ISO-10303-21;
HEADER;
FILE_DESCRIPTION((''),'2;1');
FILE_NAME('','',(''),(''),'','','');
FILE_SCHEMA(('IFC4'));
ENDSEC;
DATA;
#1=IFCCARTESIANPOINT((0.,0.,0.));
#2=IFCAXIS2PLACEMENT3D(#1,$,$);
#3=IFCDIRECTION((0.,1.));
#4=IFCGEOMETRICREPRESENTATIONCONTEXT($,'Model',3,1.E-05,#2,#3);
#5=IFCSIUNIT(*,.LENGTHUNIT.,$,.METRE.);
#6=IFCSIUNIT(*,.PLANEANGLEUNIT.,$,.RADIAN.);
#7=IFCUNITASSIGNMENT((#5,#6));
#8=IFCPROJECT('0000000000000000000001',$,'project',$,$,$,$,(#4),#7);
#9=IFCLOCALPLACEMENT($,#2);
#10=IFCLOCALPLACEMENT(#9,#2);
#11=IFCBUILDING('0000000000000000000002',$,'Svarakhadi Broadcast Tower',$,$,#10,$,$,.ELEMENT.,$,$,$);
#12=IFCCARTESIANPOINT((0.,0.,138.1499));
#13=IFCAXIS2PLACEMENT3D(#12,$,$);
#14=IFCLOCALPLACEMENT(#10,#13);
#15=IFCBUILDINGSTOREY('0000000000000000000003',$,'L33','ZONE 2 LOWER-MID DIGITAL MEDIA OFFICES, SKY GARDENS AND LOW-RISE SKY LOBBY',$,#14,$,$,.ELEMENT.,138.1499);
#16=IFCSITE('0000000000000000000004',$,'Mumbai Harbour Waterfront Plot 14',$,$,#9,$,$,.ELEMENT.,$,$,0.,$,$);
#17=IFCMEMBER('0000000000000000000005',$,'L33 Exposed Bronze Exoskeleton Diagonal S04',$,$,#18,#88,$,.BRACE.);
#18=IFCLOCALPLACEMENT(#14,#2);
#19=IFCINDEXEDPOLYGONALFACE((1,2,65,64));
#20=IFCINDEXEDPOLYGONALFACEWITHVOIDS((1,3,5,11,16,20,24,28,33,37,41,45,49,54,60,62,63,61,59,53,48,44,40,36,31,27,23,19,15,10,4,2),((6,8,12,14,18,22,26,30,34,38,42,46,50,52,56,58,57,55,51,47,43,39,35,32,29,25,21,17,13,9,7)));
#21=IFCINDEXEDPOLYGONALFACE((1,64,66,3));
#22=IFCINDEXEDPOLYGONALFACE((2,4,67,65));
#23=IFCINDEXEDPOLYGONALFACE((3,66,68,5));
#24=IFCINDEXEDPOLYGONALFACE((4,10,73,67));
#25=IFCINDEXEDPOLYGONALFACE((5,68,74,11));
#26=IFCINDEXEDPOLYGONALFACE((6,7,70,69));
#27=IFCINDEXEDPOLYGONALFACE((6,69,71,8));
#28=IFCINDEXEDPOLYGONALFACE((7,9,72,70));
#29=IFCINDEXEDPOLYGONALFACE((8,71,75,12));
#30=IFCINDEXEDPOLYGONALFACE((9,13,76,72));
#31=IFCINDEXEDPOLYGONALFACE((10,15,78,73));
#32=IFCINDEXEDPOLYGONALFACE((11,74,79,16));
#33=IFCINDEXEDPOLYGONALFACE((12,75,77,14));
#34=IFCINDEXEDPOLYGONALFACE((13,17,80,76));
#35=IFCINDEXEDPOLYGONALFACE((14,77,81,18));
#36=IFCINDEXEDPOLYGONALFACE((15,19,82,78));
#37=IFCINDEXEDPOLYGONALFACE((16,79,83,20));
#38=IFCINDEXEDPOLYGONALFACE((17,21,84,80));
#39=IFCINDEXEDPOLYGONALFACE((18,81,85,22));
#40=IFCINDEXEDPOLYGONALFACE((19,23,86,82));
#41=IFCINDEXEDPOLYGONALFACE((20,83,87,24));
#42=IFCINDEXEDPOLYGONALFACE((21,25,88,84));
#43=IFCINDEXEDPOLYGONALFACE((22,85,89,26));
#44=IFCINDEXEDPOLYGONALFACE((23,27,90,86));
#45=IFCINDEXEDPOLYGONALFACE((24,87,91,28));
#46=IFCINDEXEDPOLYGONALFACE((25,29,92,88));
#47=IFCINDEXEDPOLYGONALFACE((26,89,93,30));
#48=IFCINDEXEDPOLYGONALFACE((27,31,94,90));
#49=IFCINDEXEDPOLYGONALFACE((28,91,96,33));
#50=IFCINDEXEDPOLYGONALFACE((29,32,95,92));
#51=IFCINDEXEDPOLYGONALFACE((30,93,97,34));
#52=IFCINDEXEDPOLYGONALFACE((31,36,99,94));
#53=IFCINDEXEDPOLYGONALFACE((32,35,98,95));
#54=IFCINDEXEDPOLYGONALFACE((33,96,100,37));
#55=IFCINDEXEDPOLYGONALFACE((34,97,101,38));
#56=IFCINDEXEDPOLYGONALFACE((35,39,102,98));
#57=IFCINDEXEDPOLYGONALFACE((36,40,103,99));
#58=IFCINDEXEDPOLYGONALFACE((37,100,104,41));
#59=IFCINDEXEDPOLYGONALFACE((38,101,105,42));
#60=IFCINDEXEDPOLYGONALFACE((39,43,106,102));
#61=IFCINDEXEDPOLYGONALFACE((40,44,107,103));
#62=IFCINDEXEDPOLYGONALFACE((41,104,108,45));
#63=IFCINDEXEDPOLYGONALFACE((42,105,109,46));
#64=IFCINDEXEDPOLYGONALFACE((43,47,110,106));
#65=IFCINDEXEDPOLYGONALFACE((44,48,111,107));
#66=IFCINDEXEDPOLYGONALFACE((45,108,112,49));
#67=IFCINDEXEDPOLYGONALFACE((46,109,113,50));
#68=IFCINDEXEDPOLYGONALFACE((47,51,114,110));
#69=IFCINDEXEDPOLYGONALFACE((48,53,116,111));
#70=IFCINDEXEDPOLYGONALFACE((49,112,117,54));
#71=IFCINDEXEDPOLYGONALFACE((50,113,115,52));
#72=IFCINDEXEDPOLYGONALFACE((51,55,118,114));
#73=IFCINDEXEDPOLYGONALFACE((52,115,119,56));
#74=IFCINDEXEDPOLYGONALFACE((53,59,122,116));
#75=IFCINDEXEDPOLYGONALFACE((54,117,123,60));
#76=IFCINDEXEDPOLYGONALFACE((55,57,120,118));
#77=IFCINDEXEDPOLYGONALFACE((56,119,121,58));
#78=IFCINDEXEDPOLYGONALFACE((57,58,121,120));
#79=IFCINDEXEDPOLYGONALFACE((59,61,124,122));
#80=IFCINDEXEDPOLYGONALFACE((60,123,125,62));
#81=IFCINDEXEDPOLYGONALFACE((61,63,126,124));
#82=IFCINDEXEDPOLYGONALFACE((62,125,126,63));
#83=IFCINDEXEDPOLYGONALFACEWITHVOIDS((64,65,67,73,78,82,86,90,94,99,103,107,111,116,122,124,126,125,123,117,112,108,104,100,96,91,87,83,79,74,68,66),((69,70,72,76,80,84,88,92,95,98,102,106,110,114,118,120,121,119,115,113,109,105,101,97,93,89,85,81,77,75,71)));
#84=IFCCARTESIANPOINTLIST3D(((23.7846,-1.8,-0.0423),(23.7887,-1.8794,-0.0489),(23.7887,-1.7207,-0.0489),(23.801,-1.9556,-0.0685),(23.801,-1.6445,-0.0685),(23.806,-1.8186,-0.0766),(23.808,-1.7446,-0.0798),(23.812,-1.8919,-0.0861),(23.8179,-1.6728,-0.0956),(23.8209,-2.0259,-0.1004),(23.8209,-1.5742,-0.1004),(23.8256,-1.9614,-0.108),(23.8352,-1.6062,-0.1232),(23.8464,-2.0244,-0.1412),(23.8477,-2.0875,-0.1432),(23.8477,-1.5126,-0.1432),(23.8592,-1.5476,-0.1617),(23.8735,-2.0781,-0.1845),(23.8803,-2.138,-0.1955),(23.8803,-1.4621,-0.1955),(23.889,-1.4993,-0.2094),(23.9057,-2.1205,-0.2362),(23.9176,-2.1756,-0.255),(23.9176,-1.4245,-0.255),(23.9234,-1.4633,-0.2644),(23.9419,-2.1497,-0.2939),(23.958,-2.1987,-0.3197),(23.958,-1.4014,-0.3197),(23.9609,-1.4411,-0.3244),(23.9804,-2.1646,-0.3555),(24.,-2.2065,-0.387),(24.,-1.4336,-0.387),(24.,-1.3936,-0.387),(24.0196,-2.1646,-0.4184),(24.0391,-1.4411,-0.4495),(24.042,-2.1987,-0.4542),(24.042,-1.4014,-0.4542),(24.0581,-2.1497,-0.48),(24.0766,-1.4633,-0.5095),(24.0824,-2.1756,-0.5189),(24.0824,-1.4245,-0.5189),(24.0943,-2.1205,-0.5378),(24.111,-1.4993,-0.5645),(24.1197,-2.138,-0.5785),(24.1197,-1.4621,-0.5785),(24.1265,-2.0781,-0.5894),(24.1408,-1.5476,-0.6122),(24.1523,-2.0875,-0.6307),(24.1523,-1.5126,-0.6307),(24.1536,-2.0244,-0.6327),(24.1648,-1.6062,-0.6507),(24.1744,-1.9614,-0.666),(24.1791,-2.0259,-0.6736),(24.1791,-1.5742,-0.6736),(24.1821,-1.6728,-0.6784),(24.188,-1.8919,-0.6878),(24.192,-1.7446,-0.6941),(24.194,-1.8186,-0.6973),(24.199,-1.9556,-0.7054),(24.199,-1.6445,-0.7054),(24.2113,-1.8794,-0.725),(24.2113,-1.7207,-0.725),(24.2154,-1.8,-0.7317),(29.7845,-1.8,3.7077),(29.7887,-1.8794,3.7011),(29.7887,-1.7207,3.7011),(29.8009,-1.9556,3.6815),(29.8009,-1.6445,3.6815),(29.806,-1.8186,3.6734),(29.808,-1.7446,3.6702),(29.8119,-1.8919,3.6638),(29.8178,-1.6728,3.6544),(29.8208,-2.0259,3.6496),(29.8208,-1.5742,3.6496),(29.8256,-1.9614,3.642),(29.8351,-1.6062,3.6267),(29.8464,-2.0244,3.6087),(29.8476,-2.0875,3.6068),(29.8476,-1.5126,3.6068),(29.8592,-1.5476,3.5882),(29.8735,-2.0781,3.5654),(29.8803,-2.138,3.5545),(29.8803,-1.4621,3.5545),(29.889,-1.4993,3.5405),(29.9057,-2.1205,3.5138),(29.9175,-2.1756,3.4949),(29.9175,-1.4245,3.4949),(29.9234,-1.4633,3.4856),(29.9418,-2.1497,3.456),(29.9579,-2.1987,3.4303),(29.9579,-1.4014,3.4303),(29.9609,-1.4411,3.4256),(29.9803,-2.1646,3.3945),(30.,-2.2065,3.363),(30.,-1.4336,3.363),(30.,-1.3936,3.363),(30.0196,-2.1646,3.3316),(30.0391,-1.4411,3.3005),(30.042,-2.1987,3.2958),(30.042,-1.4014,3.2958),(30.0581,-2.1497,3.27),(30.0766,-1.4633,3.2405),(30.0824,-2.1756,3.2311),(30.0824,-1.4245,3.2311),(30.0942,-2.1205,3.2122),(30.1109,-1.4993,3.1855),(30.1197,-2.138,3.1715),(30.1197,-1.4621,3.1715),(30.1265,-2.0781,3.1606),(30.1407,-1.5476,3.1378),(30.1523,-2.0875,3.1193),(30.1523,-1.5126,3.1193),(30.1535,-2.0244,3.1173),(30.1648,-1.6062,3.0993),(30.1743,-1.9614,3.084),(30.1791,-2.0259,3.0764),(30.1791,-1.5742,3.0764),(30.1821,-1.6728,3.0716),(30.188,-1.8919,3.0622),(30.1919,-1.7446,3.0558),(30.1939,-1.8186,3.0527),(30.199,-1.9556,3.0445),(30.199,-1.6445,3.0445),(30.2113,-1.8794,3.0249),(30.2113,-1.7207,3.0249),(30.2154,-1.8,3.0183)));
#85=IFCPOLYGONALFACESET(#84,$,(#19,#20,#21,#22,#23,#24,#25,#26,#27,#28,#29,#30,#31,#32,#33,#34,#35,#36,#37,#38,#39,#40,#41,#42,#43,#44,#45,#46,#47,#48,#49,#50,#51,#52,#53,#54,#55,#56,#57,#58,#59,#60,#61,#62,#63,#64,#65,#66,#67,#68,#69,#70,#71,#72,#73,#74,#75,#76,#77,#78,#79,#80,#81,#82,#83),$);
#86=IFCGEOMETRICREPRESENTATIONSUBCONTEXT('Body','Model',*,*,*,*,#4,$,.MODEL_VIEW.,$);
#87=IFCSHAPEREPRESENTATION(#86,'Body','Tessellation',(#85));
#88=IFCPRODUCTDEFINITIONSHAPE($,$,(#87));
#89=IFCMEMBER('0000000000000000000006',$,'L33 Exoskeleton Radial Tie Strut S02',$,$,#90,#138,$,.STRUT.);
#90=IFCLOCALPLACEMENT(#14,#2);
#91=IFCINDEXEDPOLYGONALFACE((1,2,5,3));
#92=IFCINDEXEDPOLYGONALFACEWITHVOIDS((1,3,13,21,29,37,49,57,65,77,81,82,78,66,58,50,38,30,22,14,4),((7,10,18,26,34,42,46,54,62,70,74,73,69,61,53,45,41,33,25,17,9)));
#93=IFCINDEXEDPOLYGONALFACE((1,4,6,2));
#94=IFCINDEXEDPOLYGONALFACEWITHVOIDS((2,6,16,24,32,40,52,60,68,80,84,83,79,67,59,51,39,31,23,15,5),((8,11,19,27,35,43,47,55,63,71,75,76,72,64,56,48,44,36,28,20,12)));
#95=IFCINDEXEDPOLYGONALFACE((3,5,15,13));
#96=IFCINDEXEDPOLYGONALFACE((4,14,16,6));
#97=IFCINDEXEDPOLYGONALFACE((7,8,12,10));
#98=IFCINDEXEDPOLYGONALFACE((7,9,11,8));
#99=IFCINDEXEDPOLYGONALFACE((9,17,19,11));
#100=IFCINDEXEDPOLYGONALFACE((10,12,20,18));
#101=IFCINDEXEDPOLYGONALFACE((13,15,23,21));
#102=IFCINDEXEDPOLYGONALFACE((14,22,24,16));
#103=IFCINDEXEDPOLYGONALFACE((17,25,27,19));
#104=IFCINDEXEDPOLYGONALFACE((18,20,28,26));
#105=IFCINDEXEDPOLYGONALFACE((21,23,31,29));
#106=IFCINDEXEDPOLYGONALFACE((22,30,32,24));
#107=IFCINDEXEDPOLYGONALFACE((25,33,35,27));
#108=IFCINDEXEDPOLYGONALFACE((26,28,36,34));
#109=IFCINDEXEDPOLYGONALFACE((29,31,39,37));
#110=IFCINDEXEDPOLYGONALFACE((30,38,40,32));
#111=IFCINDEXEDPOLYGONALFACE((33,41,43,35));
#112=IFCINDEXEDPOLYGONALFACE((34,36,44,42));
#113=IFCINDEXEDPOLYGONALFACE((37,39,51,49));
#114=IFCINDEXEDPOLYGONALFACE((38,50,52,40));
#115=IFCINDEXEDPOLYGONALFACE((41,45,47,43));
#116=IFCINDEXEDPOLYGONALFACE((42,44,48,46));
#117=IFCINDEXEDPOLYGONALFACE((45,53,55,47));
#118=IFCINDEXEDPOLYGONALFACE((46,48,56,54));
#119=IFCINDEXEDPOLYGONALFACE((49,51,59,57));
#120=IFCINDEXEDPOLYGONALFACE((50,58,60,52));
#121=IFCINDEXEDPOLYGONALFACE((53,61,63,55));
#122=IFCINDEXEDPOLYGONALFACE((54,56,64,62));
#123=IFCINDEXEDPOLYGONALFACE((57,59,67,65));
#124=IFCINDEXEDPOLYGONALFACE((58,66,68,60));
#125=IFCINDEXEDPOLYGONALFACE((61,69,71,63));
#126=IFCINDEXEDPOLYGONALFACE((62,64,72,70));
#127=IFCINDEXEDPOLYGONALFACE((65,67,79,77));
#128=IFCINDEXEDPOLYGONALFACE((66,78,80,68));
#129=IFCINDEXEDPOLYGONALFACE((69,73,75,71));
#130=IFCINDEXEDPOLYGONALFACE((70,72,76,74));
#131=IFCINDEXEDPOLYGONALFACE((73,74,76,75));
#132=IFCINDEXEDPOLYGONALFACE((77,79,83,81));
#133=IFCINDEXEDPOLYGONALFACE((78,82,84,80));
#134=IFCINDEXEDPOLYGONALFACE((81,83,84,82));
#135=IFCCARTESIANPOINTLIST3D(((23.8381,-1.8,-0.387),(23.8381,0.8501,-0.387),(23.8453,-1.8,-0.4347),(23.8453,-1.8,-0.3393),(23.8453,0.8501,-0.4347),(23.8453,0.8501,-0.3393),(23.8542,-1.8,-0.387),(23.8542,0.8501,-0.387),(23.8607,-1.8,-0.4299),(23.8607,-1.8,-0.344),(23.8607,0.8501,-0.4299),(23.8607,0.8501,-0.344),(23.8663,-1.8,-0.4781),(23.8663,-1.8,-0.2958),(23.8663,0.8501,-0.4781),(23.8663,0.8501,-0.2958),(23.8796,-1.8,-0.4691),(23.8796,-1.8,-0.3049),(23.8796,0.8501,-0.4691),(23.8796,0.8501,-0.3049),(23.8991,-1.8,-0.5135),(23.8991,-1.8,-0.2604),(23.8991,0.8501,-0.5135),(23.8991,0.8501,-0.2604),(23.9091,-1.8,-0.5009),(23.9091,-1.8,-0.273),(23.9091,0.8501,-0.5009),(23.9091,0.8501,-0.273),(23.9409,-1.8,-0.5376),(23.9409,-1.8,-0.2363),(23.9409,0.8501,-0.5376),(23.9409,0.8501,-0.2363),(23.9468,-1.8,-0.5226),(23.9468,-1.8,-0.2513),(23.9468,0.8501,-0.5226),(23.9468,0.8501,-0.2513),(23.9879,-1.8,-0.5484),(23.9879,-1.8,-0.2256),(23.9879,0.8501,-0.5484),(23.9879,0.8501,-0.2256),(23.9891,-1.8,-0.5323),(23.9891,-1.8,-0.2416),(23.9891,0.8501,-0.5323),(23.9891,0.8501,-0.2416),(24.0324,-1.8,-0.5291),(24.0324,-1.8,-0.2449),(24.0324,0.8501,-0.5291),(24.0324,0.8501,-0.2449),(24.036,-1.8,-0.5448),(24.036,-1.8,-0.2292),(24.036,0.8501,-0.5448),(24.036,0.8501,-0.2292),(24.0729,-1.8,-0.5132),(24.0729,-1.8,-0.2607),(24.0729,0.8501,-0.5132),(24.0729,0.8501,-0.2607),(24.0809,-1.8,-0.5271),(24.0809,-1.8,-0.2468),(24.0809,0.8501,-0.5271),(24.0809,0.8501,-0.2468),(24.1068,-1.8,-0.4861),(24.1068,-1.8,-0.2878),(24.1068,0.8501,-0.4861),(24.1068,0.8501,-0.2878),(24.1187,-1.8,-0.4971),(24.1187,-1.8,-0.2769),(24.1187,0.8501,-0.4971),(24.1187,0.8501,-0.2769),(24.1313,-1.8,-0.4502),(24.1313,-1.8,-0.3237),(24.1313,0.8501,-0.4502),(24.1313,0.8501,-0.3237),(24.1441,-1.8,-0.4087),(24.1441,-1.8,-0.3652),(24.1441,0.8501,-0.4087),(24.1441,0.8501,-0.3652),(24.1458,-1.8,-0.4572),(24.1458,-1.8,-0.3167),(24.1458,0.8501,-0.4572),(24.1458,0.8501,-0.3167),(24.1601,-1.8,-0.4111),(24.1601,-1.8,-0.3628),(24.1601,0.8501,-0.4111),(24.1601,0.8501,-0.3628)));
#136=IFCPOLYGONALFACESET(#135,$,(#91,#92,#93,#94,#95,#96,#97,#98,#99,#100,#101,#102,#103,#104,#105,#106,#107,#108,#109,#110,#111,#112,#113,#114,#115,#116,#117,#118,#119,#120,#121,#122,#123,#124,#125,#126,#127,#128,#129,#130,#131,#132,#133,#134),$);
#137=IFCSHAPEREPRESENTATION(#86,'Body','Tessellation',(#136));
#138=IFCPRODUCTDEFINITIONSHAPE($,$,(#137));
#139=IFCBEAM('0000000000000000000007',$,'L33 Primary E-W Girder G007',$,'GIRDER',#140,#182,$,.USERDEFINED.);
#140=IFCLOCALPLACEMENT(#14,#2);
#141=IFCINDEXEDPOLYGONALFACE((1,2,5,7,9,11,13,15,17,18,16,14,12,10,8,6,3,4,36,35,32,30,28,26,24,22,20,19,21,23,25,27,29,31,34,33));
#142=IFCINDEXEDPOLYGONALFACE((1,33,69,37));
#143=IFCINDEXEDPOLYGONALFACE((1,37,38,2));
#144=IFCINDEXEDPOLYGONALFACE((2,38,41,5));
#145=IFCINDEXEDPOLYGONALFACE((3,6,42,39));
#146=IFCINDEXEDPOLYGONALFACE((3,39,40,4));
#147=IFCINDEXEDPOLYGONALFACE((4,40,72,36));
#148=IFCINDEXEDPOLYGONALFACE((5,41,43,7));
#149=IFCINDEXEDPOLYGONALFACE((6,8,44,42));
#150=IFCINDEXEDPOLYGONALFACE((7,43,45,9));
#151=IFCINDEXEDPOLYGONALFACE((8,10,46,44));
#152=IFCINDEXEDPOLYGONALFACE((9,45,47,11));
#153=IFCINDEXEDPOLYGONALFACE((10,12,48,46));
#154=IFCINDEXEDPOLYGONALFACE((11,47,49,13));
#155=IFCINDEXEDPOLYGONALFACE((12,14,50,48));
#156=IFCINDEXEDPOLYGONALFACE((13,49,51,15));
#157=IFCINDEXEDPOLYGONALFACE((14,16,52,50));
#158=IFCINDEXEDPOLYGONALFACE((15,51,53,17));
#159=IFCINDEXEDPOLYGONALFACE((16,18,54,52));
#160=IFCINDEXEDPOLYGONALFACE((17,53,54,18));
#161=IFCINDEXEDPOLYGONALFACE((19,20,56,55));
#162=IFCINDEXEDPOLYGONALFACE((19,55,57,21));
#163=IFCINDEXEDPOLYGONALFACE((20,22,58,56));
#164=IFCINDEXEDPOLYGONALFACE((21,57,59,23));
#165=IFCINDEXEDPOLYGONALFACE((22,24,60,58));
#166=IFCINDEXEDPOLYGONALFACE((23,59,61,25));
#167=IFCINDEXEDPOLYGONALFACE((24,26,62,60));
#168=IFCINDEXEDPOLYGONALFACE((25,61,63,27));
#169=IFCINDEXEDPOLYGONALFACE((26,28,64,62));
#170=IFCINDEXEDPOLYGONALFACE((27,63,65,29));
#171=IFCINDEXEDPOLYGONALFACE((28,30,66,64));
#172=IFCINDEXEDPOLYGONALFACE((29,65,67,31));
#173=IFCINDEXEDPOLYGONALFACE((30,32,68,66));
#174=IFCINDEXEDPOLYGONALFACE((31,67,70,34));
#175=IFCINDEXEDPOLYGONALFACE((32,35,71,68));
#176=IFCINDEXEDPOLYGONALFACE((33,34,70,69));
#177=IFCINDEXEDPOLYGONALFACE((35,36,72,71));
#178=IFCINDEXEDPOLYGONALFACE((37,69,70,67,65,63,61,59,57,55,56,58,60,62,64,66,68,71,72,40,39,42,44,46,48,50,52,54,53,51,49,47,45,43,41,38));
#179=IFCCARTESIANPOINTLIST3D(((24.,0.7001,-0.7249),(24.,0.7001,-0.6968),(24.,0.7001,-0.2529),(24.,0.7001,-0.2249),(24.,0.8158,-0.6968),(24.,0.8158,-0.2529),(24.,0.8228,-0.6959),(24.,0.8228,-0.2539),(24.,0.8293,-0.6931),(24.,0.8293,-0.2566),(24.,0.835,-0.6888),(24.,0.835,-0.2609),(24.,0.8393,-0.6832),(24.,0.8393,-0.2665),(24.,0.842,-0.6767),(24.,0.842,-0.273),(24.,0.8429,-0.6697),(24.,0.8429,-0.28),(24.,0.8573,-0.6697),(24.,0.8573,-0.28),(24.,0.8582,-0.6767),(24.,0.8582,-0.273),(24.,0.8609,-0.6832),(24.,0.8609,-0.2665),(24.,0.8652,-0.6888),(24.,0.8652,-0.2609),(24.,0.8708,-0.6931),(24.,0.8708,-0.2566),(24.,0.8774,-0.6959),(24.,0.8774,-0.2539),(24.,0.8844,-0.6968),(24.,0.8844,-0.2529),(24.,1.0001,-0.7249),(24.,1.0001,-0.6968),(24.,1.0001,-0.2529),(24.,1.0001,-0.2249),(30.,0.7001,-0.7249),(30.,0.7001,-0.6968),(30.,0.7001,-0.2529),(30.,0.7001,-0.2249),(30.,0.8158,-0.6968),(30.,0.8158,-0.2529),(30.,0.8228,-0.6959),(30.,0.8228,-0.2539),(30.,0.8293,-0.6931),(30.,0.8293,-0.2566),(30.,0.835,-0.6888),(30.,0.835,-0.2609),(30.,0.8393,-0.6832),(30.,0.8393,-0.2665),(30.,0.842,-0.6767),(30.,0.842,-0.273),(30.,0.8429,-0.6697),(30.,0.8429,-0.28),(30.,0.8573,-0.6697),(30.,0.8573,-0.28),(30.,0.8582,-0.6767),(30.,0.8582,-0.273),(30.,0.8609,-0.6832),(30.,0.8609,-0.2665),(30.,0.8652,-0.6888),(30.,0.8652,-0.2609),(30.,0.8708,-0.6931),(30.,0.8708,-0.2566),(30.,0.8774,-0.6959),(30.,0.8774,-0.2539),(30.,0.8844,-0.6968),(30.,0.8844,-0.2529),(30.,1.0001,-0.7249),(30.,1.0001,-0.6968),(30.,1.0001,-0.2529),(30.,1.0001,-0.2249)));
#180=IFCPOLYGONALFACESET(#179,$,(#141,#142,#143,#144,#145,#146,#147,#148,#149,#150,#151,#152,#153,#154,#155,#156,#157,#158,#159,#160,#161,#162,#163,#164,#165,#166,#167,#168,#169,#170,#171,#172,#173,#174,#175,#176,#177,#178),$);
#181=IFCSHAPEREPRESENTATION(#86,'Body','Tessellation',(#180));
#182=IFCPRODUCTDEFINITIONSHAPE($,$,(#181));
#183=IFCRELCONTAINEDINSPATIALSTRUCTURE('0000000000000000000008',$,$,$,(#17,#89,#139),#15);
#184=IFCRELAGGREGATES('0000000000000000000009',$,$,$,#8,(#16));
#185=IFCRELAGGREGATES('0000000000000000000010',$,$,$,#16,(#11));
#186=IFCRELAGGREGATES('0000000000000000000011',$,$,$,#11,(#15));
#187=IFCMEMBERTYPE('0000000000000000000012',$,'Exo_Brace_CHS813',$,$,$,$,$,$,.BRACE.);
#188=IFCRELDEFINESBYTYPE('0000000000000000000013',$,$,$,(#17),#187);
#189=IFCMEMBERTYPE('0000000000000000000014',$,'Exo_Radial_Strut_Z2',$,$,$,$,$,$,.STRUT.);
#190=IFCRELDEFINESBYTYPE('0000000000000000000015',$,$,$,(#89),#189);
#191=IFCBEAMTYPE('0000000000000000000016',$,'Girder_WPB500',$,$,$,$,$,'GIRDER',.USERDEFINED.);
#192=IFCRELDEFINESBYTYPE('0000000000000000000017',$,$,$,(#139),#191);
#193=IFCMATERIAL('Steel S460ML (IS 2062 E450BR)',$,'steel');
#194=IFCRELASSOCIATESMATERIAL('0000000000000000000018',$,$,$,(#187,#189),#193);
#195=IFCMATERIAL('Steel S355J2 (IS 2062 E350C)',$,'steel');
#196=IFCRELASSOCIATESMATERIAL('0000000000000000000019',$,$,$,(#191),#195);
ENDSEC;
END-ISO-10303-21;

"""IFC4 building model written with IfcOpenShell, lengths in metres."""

from ifc_helpers import new_model, si_unit, direction, frame, origin, origin_2d, place, context, subcontext, project, spatial, hollow_circle, i_section, extrude, material, material_profile, profile_set, type_object, element, save


model = new_model("IFC4")

# Units and contexts
model_context = context("Model", 3, precision=1e-05, world=origin(), true_north=direction((0.0, 1.0)))
body_context = subcontext(model_context, "Body", "Model", "MODEL_VIEW")
ifc_project = project(units=[si_unit("LENGTHUNIT", "METRE"), si_unit("PLANEANGLEUNIT", "RADIAN")], contexts=[model_context])

# Site, building, storey
site_placement = place(None, origin())
site = spatial("IfcSite", under=ifc_project, at=site_placement, Name="Mumbai Harbour Waterfront Plot 14", CompositionType="ELEMENT", RefElevation=0.0)
building_placement = place(site_placement, origin())
building = spatial("IfcBuilding", under=site, at=building_placement, Name="Svarakhadi Broadcast Tower", CompositionType="ELEMENT")
storey_placement = place(building_placement, frame((0.0, 0.0, 138.1499)))
storey = spatial("IfcBuildingStorey", under=building, at=storey_placement, Name="L33", Description="ZONE 2 LOWER-MID DIGITAL MEDIA OFFICES, SKY GARDENS AND LOW-RISE SKY LOBBY", CompositionType="ELEMENT", Elevation=138.1499)

# Members
ifc_material_1 = material(Name="Steel S460ML (IS 2062 E450BR)", Category="steel")
ifc_material_profile_1 = material_profile(ifc_material_1, hollow_circle(Radius=0.4065, WallThickness=0.04, at=origin_2d()), Name="CHS 813x40")
ifc_profile_set_1 = profile_set([ifc_material_profile_1], Name="Steel S460ML (IS 2062 E450BR)")
member_type_1 = type_object("IfcMemberType", Name="Exo_Brace_CHS813", PredefinedType="BRACE", material=ifc_profile_set_1)
for number, where, z_axis, x_axis, name in (
    (1, (24.0, -1.8, -0.387), (0.847998, 0.0, 0.529999), (0.0, 1.0, 0.0), "L33 Exposed Bronze Exoskeleton Diagonal S04"),
):
    element("IfcMember", number, at=place(storey_placement, frame(where, z_axis=z_axis, x_axis=x_axis)), inside=storey, type_object=member_type_1, Name=name, PredefinedType="BRACE", context=body_context, shape_type="SweptSolid", body=[
        extrude(hollow_circle(Radius=0.4065, WallThickness=0.04, at=origin_2d()), origin(), (0.0, 0.0, 1.0), 7.0754),
    ])
ifc_material_profile_2 = material_profile(ifc_material_1, hollow_circle(Radius=0.1619, WallThickness=0.0161, at=origin_2d()), Name="CHS 323.9x16")
ifc_profile_set_2 = profile_set([ifc_material_profile_2], Name="Steel S460ML (IS 2062 E450BR)")
member_type_2 = type_object("IfcMemberType", Name="Exo_Radial_Strut_Z2", PredefinedType="STRUT", material=ifc_profile_set_2)
member_1_placement = place(storey_placement, frame((24.0, -1.8, -0.387), z_axis=(0.0, 1.0, 0.0), x_axis=(-1.0, 0.0, 0.0)))
element("IfcMember", 2, at=member_1_placement, inside=storey, type_object=member_type_2, Name="L33 Exoskeleton Radial Tie Strut S02", PredefinedType="STRUT", context=body_context, shape_type="SweptSolid", body=[
    extrude(hollow_circle(Radius=0.1619, WallThickness=0.0161, at=origin_2d()), origin(), (0.0, 0.0, 1.0), 2.6501),
])

# Beam
ifc_material_2 = material(Name="Steel S355J2 (IS 2062 E350C)", Category="steel")
ifc_material_profile_3 = material_profile(ifc_material_2, i_section(OverallWidth=0.3, OverallDepth=0.5, WebThickness=0.0144, FlangeThickness=0.0281, FilletRadius=0.0271, at=origin_2d()), Name="WPB 500x300x187")
ifc_profile_set_3 = profile_set([ifc_material_profile_3], Name="Steel S355J2 (IS 2062 E350C)")
beam_type = type_object("IfcBeamType", Name="Girder_WPB500", ElementType="GIRDER", PredefinedType="USERDEFINED", material=ifc_profile_set_3)
beam_placement = place(storey_placement, frame((24.0, 0.8501, -0.4749), z_axis=(1.0, 0.0, 0.0), x_axis=(0.0, 1.0, 0.0)))
element("IfcBeam", 3, at=beam_placement, inside=storey, type_object=beam_type, Name="L33 Primary E-W Girder G007", ObjectType="GIRDER", PredefinedType="USERDEFINED", context=body_context, shape_type="SweptSolid", body=[
    extrude(i_section(OverallWidth=0.3, OverallDepth=0.5, WebThickness=0.0144, FlangeThickness=0.0281, FilletRadius=0.0271, at=origin_2d()), origin(), (0.0, 0.0, 1.0), 6.0),
])

save(model, "model.ifc")
